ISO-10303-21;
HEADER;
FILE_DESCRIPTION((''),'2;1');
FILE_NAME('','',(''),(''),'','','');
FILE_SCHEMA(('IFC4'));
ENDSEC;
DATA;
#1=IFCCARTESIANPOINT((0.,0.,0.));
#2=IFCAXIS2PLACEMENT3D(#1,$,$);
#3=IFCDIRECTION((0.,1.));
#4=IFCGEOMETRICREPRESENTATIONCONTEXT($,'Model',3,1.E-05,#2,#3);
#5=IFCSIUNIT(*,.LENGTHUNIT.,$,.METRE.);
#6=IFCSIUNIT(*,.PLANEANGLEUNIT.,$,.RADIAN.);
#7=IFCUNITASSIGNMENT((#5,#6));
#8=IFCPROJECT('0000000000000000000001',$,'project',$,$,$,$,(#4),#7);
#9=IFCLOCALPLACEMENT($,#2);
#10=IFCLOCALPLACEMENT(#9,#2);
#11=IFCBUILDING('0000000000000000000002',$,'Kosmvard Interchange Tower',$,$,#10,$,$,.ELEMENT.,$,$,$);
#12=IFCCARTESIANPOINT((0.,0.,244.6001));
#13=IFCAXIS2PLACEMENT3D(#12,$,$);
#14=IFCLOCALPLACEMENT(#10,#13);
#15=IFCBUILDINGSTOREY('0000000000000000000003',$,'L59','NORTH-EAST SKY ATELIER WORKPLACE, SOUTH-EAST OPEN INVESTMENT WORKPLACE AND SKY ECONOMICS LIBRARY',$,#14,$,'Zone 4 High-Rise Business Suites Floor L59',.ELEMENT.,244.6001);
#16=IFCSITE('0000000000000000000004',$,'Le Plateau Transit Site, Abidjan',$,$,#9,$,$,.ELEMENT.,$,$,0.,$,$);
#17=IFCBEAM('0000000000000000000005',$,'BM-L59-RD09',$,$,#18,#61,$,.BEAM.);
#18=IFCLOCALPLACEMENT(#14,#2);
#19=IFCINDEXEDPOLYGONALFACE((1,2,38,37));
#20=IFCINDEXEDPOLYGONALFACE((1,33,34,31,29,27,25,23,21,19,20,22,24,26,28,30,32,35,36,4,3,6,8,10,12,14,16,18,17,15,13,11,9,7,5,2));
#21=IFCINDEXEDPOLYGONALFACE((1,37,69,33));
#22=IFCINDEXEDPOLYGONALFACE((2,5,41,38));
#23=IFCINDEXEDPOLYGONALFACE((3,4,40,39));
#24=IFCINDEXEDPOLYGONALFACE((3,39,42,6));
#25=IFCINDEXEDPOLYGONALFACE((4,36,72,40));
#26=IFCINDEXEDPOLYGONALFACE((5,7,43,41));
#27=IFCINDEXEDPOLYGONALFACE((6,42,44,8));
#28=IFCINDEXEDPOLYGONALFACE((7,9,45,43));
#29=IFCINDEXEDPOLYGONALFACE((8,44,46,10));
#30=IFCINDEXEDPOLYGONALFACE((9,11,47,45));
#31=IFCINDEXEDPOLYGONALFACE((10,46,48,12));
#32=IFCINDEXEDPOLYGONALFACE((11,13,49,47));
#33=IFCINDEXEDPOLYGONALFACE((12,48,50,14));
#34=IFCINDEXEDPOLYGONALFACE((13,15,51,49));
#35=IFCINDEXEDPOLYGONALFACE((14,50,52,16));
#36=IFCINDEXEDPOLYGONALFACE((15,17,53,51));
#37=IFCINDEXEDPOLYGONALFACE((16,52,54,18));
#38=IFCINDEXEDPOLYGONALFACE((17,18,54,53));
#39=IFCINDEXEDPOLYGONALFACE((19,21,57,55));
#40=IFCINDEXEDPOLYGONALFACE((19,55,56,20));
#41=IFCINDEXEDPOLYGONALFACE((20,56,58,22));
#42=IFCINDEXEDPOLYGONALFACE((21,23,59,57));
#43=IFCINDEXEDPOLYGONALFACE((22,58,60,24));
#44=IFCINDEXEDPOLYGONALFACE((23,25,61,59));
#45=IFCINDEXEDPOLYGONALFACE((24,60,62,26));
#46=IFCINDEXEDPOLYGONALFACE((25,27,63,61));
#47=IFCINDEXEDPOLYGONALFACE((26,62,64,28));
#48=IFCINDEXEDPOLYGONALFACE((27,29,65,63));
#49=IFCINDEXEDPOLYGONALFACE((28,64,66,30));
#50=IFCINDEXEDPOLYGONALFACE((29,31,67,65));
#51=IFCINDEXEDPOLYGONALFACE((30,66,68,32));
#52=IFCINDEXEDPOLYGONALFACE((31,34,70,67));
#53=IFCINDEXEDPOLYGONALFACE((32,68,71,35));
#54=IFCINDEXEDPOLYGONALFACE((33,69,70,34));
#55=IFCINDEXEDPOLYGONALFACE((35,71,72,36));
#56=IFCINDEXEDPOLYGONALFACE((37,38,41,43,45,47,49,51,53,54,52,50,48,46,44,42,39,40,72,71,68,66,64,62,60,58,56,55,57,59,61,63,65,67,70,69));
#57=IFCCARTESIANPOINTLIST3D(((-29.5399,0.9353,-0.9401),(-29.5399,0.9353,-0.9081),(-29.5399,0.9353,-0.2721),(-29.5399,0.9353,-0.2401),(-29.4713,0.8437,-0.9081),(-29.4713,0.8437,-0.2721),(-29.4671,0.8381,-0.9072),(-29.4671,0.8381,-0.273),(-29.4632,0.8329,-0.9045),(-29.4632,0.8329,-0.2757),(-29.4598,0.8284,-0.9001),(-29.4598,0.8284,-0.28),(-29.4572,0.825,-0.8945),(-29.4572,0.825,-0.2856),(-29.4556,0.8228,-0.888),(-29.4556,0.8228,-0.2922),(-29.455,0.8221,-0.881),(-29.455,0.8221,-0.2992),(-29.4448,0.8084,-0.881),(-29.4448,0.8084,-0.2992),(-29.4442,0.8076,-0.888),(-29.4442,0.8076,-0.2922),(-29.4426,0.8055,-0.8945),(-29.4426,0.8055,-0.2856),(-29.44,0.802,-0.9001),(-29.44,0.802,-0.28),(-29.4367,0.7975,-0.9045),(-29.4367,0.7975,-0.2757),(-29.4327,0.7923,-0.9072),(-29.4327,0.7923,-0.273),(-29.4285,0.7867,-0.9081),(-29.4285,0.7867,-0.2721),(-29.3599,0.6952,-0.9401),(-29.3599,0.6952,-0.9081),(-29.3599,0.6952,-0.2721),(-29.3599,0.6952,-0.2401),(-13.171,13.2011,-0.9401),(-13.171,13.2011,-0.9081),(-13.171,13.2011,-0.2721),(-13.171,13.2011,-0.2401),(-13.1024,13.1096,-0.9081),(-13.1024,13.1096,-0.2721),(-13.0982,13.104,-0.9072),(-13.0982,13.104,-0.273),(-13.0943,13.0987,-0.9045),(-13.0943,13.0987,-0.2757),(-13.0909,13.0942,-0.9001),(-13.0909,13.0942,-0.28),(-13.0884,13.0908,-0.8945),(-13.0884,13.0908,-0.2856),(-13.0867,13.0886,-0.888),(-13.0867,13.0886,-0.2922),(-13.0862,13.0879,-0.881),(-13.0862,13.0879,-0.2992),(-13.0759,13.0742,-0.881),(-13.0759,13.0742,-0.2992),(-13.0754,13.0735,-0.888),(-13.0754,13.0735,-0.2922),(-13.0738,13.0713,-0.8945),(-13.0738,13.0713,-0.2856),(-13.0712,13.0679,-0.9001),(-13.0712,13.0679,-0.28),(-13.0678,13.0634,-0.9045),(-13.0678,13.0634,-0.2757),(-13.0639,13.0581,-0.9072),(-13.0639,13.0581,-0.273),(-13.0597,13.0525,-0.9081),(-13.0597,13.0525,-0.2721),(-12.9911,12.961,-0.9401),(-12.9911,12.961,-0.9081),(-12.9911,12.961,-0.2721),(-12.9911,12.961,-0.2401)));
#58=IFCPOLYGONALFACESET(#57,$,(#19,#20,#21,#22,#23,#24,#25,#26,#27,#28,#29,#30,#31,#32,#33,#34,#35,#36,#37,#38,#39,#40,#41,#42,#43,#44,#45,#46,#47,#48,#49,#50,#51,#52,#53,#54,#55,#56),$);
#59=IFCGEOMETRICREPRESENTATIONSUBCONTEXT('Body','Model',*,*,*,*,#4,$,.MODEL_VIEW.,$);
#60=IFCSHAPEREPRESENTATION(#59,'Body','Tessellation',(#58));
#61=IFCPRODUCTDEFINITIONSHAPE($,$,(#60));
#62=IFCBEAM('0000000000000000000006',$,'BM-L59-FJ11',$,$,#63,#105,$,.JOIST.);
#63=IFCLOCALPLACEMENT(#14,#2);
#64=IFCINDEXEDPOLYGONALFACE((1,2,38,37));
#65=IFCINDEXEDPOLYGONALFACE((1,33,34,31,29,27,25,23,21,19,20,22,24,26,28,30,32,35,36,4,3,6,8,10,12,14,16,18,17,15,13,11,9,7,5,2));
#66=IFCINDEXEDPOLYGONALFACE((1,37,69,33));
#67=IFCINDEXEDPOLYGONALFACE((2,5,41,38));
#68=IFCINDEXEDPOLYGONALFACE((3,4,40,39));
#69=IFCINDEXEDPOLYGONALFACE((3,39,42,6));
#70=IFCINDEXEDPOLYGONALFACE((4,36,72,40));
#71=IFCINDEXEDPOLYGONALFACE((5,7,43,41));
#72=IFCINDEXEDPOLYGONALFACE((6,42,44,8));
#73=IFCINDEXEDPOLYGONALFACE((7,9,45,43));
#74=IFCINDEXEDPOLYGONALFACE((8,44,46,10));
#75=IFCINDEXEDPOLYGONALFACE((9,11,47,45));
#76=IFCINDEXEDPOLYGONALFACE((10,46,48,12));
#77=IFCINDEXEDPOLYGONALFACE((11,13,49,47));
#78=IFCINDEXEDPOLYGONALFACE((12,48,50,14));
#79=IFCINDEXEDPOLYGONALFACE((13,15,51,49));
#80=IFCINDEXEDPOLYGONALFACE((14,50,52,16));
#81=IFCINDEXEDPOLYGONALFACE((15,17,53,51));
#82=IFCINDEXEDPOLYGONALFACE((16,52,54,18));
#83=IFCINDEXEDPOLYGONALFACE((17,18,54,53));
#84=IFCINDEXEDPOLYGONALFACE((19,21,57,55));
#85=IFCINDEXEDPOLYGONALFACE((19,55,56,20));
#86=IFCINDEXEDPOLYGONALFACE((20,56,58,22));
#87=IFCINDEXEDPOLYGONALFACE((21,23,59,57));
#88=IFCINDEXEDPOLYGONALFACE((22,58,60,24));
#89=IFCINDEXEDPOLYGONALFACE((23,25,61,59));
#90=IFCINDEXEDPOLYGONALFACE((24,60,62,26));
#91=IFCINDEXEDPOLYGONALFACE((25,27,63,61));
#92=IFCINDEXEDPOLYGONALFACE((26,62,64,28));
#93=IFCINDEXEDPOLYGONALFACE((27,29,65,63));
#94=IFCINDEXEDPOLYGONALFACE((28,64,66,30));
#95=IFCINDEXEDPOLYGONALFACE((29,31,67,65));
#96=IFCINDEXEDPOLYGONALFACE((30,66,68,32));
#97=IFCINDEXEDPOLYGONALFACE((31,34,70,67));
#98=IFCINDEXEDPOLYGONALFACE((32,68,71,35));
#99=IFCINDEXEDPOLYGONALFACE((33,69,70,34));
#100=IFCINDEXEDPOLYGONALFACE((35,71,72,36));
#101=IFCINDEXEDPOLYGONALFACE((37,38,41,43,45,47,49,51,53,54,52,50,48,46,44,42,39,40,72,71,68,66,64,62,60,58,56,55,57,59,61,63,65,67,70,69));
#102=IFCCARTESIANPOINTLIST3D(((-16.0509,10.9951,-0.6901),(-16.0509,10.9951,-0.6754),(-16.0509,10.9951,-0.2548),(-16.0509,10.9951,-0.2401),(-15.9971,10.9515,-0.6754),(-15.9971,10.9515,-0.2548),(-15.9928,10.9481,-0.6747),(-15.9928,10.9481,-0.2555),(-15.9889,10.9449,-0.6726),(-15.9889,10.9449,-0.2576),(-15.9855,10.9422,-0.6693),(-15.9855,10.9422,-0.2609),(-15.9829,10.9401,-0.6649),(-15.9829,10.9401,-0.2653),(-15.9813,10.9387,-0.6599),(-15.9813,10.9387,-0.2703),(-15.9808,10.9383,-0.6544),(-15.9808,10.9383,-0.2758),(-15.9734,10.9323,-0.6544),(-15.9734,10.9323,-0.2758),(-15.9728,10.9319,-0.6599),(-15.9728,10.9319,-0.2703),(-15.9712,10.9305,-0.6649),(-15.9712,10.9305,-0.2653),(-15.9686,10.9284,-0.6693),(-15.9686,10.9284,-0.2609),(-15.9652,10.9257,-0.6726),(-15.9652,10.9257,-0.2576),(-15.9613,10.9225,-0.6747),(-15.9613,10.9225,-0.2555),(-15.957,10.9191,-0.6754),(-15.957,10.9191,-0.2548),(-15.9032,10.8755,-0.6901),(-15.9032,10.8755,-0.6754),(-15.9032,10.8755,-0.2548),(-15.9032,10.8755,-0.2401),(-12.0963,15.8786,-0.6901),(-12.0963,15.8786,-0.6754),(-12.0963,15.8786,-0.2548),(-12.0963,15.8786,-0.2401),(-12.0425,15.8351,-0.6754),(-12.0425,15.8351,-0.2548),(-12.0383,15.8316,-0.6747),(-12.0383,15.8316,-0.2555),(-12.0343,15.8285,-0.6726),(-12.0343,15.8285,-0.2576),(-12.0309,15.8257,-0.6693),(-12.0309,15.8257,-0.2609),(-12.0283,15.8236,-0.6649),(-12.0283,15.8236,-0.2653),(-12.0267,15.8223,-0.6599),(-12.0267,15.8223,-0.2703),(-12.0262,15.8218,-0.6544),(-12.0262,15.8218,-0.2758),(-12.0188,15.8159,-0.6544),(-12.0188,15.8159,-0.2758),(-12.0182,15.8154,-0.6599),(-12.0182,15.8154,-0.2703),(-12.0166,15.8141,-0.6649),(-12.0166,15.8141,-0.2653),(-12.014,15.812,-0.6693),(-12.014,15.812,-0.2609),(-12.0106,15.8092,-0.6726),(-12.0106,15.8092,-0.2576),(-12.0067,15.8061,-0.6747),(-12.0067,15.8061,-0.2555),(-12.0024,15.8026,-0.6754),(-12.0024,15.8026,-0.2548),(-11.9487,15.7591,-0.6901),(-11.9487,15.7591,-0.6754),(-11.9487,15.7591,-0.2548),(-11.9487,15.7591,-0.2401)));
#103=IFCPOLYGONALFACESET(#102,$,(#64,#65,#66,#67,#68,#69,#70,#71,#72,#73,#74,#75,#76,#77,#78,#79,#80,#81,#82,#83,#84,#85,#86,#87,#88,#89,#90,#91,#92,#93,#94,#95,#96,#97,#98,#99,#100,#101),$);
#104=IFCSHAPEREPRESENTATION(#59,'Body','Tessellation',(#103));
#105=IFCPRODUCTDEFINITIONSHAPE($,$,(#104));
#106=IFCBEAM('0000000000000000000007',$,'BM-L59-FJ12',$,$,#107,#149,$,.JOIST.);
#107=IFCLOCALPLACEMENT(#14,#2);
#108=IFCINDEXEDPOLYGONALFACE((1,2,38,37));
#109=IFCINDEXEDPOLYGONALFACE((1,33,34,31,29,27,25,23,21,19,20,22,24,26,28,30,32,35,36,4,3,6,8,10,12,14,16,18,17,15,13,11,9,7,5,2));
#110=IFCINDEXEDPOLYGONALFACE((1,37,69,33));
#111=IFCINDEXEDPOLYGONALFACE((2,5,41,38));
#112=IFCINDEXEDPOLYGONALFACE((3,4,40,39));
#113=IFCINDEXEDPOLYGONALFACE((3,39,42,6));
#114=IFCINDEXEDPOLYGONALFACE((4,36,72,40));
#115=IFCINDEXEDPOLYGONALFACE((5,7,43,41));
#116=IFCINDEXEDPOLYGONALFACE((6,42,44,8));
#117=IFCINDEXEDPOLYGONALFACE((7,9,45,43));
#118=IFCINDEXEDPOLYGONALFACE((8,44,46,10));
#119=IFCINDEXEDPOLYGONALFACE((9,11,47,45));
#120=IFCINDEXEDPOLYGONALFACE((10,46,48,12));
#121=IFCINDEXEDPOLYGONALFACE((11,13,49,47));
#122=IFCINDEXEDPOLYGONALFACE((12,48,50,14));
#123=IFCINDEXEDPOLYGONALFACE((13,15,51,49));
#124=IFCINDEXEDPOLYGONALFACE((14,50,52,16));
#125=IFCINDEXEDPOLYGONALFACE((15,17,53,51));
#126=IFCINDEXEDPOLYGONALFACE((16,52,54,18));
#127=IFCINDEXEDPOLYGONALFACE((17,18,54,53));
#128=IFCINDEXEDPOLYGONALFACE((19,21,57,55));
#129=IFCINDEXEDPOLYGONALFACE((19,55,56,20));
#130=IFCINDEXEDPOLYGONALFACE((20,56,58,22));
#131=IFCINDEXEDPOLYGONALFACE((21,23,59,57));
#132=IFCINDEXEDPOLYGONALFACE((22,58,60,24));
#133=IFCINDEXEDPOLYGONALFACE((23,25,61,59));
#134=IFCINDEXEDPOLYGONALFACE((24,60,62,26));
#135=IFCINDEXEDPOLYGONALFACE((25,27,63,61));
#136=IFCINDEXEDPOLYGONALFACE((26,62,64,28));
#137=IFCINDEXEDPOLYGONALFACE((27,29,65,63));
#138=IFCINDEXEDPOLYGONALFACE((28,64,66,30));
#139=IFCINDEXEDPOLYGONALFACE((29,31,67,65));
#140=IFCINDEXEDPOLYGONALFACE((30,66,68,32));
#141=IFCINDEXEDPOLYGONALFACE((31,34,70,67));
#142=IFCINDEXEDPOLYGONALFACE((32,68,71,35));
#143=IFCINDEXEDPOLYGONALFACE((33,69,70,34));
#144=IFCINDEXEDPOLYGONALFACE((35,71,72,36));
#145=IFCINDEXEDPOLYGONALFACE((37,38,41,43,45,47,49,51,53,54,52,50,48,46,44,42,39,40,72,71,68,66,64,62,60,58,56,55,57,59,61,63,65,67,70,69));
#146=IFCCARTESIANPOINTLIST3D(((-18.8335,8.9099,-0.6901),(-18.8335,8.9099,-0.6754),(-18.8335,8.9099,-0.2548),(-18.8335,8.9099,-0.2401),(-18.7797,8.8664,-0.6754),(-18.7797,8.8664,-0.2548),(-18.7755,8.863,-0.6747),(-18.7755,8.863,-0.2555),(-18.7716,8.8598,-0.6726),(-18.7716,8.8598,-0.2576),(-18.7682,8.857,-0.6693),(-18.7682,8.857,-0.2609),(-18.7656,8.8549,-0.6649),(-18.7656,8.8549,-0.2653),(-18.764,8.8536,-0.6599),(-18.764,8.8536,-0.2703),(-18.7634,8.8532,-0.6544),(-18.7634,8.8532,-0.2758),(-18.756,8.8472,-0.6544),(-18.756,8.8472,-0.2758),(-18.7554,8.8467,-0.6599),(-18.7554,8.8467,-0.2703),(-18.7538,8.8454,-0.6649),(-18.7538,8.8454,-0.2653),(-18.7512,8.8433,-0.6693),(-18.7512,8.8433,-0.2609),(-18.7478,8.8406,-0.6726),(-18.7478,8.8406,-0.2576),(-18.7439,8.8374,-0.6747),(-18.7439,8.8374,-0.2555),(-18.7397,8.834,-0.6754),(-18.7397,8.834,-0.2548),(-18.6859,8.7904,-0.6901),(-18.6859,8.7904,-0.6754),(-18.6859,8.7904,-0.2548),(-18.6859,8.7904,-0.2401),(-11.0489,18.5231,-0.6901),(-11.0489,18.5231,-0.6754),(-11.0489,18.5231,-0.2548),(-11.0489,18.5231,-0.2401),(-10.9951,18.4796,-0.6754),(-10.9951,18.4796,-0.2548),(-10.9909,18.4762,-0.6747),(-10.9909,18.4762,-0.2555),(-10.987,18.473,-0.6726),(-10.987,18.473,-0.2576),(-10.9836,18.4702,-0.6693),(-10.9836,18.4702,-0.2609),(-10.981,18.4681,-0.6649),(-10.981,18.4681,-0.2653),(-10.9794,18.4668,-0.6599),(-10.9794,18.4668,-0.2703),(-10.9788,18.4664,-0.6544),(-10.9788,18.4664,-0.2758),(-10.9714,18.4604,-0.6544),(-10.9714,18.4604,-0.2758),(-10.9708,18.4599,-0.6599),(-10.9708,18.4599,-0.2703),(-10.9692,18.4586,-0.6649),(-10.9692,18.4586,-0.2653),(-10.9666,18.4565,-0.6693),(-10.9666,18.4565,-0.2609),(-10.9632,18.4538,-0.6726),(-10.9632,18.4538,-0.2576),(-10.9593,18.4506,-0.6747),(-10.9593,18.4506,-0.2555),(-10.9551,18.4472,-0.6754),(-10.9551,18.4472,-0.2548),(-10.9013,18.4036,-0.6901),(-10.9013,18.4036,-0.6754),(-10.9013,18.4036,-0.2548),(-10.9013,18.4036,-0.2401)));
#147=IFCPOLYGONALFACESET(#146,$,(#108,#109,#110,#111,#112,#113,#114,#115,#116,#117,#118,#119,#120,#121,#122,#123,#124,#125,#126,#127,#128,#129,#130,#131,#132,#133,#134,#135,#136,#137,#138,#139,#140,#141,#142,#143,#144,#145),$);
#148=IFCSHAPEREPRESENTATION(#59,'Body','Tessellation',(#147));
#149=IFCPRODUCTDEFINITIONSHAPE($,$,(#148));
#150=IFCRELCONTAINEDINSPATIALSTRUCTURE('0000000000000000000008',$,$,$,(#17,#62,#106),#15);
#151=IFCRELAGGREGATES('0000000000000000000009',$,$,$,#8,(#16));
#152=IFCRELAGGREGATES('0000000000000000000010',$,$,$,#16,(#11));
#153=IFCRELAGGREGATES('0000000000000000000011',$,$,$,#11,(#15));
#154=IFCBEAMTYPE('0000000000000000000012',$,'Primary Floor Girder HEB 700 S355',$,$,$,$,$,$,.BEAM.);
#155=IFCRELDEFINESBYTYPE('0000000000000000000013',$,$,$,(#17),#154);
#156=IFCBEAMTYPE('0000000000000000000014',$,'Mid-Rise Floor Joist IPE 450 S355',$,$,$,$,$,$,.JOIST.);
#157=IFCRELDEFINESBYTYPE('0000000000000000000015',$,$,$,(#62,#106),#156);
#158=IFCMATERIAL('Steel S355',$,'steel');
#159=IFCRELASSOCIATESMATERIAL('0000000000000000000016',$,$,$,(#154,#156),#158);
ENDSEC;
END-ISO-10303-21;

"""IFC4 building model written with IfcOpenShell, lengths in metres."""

from ifc_helpers import new_model, si_unit, direction, frame, origin, origin_2d, place, context, subcontext, project, spatial, i_section, extrude, source, transform, mapped, material, material_profile, profile_set, type_object, element, save


model = new_model("IFC4")

# Units and contexts
model_context = context("Model", 3, precision=1e-05, world=origin(), true_north=direction((0.0, 1.0)))
body_context = subcontext(model_context, "Body", "Model", "MODEL_VIEW")
ifc_project = project(units=[si_unit("LENGTHUNIT", "METRE"), si_unit("PLANEANGLEUNIT", "RADIAN")], contexts=[model_context])

# Site, building, storey
site_placement = place(None, origin())
site = spatial("IfcSite", under=ifc_project, at=site_placement, Name="Le Plateau Transit Site, Abidjan", CompositionType="ELEMENT", RefElevation=0.0)
building_placement = place(site_placement, origin())
building = spatial("IfcBuilding", under=site, at=building_placement, Name="Kosmvard Interchange Tower", CompositionType="ELEMENT")
storey_placement = place(building_placement, frame((0.0, 0.0, 244.6001)))
storey = spatial("IfcBuildingStorey", under=building, at=storey_placement, Name="L59", Description="NORTH-EAST SKY ATELIER WORKPLACE, SOUTH-EAST OPEN INVESTMENT WORKPLACE AND SKY ECONOMICS LIBRARY", LongName="Zone 4 High-Rise Business Suites Floor L59", CompositionType="ELEMENT", Elevation=244.6001)

# Beams
ifc_material_1 = material(Name="Steel S355", Category="steel")
ifc_material_profile_1 = material_profile(ifc_material_1, i_section(OverallWidth=0.3, OverallDepth=0.7, WebThickness=0.0171, FlangeThickness=0.032, FilletRadius=0.0271, at=origin_2d()), Name="HEB 700")
ifc_profile_set_1 = profile_set([ifc_material_profile_1], Name="Steel S355")
beam_type_1 = type_object("IfcBeamType", Name="Primary Floor Girder HEB 700 S355", PredefinedType="BEAM", material=ifc_profile_set_1)
shared_shape_1 = source(origin(), body_context, "Body", "SweptSolid", [
    extrude(i_section(OverallWidth=0.3, OverallDepth=0.7, WebThickness=0.0171, FlangeThickness=0.032, FilletRadius=0.0271, at=origin_2d()), origin(), (0.0, 0.0, 1.0), 20.4546),
])
beam_1_placement = place(storey_placement, frame((-13.0811, 13.0811, -0.5901), z_axis=(-0.800253, -0.599662, 0.0), x_axis=(0.599662, -0.800253, 0.0)))
element("IfcBeam", 1, at=beam_1_placement, inside=storey, type_object=beam_type_1, Name="BM-L59-RD09", PredefinedType="BEAM", context=body_context, shape_type="MappedRepresentation", body=[
    mapped(shared_shape_1, transform((0.0, 0.0, 0.0), scale=1.0)),
])
ifc_material_profile_2 = material_profile(ifc_material_1, i_section(OverallWidth=0.1899, OverallDepth=0.45, WebThickness=0.0095, FlangeThickness=0.0146, FilletRadius=0.021, at=origin_2d()), Name="IPE 450")
ifc_profile_set_2 = profile_set([ifc_material_profile_2], Name="Steel S355")
beam_type_2 = type_object("IfcBeamType", Name="Mid-Rise Floor Joist IPE 450 S355", PredefinedType="JOIST", material=ifc_profile_set_2)
shared_shape_2 = source(origin(), body_context, "Body", "SweptSolid", [
    extrude(i_section(OverallWidth=0.1899, OverallDepth=0.45, WebThickness=0.0095, FlangeThickness=0.0146, FilletRadius=0.021, at=origin_2d()), origin(), (0.0, 0.0, 1.0), 6.2839),
])
beam_2_placement = place(storey_placement, frame((-12.0225, 15.8188, -0.4651), z_axis=(-0.629318, -0.777148, 0.0), x_axis=(0.777148, -0.629318, 0.0)))
element("IfcBeam", 2, at=beam_2_placement, inside=storey, type_object=beam_type_2, Name="BM-L59-FJ11", PredefinedType="JOIST", context=body_context, shape_type="MappedRepresentation", body=[
    mapped(shared_shape_2, transform((0.0, 0.0, 0.0), scale=1.0)),
])
shared_shape_3 = source(origin(), body_context, "Body", "SweptSolid", [
    extrude(i_section(OverallWidth=0.1899, OverallDepth=0.45, WebThickness=0.0095, FlangeThickness=0.0146, FilletRadius=0.021, at=origin_2d()), origin(), (0.0, 0.0, 1.0), 12.3699),
])
beam_3_placement = place(storey_placement, frame((-10.9751, 18.4634, -0.4651), z_axis=(-0.62932, -0.777147, 0.0), x_axis=(0.777147, -0.62932, 0.0)))
element("IfcBeam", 3, at=beam_3_placement, inside=storey, type_object=beam_type_2, Name="BM-L59-FJ12", PredefinedType="JOIST", context=body_context, shape_type="MappedRepresentation", body=[
    mapped(shared_shape_3, transform((0.0, 0.0, 0.0), scale=1.0)),
])

save(model, "model.ifc")
